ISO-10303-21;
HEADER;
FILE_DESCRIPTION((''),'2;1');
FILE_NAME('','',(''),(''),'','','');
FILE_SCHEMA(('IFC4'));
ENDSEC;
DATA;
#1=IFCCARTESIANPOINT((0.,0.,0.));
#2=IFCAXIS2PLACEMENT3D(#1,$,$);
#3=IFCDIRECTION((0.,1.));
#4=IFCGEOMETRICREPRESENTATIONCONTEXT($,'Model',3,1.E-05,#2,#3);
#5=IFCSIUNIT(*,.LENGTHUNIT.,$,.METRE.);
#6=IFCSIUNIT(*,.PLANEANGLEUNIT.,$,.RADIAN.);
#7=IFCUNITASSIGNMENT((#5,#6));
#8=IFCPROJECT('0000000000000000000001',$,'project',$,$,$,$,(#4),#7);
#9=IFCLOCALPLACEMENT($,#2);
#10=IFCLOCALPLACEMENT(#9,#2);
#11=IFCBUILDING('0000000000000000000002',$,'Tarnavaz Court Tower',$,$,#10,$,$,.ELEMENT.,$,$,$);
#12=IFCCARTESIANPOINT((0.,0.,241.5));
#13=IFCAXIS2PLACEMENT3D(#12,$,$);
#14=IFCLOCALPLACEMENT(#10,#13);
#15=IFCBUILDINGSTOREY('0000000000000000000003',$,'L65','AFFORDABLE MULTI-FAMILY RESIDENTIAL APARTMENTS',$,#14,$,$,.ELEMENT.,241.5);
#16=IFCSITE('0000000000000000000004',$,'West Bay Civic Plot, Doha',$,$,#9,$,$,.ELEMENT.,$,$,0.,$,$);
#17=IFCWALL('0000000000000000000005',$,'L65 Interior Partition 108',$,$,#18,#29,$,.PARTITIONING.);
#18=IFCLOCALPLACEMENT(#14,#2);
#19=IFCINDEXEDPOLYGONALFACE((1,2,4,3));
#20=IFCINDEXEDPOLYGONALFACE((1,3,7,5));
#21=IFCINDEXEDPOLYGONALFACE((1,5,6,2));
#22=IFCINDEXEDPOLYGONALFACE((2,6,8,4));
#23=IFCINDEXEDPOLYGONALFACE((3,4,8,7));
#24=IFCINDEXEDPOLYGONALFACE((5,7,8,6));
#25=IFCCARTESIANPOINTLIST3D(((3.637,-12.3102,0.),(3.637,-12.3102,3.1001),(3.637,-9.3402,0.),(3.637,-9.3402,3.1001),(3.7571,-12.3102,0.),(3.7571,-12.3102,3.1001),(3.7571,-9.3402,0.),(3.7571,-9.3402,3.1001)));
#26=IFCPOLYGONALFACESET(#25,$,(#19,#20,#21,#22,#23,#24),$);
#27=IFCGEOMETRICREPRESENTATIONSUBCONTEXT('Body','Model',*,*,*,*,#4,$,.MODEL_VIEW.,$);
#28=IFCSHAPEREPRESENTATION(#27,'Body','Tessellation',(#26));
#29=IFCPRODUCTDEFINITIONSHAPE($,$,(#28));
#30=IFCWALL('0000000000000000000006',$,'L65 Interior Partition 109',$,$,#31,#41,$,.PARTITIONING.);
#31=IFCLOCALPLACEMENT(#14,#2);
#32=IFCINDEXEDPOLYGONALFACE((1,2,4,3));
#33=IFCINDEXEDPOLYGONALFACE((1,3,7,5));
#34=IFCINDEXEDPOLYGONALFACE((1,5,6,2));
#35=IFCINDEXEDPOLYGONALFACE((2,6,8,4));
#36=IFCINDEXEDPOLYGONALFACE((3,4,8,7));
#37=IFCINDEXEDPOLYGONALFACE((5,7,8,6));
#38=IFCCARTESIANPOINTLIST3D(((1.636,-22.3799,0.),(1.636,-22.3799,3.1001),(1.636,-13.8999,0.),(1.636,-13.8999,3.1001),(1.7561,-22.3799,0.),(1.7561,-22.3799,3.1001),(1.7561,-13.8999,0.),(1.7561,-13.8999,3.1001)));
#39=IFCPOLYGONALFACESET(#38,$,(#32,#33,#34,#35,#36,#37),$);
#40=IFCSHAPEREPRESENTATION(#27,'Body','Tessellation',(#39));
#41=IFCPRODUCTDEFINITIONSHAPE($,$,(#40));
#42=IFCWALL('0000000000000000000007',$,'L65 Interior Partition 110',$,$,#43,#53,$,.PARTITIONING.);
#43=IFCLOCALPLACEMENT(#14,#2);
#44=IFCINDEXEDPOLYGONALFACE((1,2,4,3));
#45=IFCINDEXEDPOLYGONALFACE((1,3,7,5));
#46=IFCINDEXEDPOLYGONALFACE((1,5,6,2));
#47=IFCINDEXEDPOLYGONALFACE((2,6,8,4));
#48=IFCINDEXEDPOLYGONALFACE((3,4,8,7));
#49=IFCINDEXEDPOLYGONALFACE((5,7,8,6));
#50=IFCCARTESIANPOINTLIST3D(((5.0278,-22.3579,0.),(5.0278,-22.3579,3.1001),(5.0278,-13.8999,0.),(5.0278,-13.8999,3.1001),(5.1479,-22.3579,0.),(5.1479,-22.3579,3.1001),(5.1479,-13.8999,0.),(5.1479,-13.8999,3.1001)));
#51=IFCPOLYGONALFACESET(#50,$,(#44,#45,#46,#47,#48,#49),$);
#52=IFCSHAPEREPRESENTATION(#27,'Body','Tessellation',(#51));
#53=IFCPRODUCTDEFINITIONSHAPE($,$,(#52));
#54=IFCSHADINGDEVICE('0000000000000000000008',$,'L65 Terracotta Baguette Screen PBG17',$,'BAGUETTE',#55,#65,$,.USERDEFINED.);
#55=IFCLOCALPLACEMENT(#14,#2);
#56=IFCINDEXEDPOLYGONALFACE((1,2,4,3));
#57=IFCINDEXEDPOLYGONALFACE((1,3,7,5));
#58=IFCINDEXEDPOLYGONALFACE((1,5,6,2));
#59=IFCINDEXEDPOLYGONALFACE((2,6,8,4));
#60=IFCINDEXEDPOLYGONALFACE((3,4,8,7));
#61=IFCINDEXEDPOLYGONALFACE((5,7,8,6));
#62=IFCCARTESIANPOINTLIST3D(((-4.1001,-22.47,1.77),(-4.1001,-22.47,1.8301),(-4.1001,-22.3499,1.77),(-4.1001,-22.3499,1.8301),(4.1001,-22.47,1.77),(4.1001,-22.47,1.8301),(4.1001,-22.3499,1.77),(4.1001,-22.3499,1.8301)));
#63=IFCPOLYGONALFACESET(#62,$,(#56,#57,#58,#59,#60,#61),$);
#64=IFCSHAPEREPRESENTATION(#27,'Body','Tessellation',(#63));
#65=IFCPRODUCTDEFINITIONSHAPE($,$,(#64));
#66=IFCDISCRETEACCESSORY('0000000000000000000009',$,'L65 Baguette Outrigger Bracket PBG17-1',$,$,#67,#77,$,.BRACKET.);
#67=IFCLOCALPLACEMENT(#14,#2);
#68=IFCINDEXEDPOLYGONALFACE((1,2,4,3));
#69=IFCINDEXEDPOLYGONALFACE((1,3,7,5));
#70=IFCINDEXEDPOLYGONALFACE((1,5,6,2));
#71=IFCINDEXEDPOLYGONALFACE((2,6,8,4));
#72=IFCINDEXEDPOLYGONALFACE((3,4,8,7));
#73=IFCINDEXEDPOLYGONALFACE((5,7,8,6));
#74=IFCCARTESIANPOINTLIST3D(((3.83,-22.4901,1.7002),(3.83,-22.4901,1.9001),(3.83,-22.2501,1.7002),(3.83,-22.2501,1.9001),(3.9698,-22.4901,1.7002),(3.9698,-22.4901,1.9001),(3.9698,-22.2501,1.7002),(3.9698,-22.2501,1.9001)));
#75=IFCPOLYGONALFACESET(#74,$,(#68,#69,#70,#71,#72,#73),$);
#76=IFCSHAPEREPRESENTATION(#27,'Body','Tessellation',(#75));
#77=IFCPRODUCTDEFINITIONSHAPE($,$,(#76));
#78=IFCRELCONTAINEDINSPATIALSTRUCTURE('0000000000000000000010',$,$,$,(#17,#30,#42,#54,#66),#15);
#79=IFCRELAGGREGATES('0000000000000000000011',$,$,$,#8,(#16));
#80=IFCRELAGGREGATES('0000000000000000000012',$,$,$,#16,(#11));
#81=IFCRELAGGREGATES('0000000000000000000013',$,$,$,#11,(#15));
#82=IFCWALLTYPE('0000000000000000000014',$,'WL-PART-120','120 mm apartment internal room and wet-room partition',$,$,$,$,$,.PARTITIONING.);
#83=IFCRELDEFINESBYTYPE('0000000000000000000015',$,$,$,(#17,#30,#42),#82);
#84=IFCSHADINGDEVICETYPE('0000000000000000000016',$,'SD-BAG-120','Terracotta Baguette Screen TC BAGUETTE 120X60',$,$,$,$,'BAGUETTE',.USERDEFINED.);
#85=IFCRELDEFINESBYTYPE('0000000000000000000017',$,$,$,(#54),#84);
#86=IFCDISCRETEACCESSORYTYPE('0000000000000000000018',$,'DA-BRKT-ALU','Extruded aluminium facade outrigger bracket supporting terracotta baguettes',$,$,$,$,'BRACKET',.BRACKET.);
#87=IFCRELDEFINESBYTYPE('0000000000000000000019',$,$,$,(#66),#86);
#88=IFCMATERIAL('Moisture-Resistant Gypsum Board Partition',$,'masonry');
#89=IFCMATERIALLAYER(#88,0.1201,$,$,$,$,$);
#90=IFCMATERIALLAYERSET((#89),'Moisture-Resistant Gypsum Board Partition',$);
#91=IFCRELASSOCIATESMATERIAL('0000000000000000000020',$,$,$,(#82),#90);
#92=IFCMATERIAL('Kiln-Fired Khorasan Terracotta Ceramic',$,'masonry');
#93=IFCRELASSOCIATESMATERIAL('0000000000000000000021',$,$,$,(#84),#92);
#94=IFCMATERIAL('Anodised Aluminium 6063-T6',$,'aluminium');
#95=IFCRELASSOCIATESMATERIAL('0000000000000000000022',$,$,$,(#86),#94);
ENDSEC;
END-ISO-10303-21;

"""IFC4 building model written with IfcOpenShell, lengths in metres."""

from ifc_helpers import new_model, si_unit, direction, frame, frame_2d, origin, origin_2d, place, context, subcontext, project, spatial, rectangle, extrude, material, layer, layer_set, material_profile, profile_set, type_object, element, save


model = new_model("IFC4")

# Units and contexts
model_context = context("Model", 3, precision=1e-05, world=origin(), true_north=direction((0.0, 1.0)))
body_context = subcontext(model_context, "Body", "Model", "MODEL_VIEW")
ifc_project = project(units=[si_unit("LENGTHUNIT", "METRE"), si_unit("PLANEANGLEUNIT", "RADIAN")], contexts=[model_context])

# Site, building, storey
site_placement = place(None, origin())
site = spatial("IfcSite", under=ifc_project, at=site_placement, Name="West Bay Civic Plot, Doha", CompositionType="ELEMENT", RefElevation=0.0)
building_placement = place(site_placement, origin())
building = spatial("IfcBuilding", under=site, at=building_placement, Name="Tarnavaz Court Tower", CompositionType="ELEMENT")
storey_placement = place(building_placement, frame((0.0, 0.0, 241.5)))
storey = spatial("IfcBuildingStorey", under=building, at=storey_placement, Name="L65", Description="AFFORDABLE MULTI-FAMILY RESIDENTIAL APARTMENTS", CompositionType="ELEMENT", Elevation=241.5)

# Shared definitions
ifc_material_1 = material(Name="Anodised Aluminium 6063-T6", Category="aluminium")

# Shared definitions
ifc_material_2 = material(Name="Moisture-Resistant Gypsum Board Partition", Category="masonry")
ifc_layer_1 = layer(ifc_material_2, 0.1201)
ifc_layer_set_1 = layer_set([ifc_layer_1], Name="Moisture-Resistant Gypsum Board Partition")
wall_type_1 = type_object("IfcWallType", Name="WL-PART-120", Description="120 mm apartment internal room and wet-room partition", PredefinedType="PARTITIONING", material=ifc_layer_set_1)

# Walls
wall_1_placement = place(storey_placement, frame((3.697, -12.3101, 0.0), z_axis=(0.0, 0.0, 1.0), x_axis=(0.0, 1.0, 0.0)))
element("IfcWall", 1, at=wall_1_placement, inside=storey, type_object=wall_type_1, Name="L65 Interior Partition 108", PredefinedType="PARTITIONING", context=body_context, shape_type="SweptSolid", body=[
    extrude(rectangle(XDim=2.97, YDim=0.1201, at=frame_2d((1.4849, 0.0))), origin(), (0.0, 0.0, 1.0), 3.1001),
])
wall_2_placement = place(storey_placement, frame((1.696, -22.3799, 0.0), z_axis=(0.0, 0.0, 1.0), x_axis=(0.0, 1.0, 0.0)))
element("IfcWall", 2, at=wall_2_placement, inside=storey, type_object=wall_type_1, Name="L65 Interior Partition 109", PredefinedType="PARTITIONING", context=body_context, shape_type="SweptSolid", body=[
    extrude(rectangle(XDim=8.48, YDim=0.1201, at=frame_2d((4.24, 0.0))), origin(), (0.0, 0.0, 1.0), 3.1001),
])
wall_3_placement = place(storey_placement, frame((5.0879, -22.3579, 0.0), z_axis=(0.0, 0.0, 1.0), x_axis=(0.0, 1.0, 0.0)))
element("IfcWall", 3, at=wall_3_placement, inside=storey, type_object=wall_type_1, Name="L65 Interior Partition 110", PredefinedType="PARTITIONING", context=body_context, shape_type="SweptSolid", body=[
    extrude(rectangle(XDim=8.458, YDim=0.1201, at=frame_2d((4.229, 0.0))), origin(), (0.0, 0.0, 1.0), 3.1001),
])

# Shading device
ifc_material_3 = material(Name="Kiln-Fired Khorasan Terracotta Ceramic", Category="masonry")
ifc_material_profile_1 = material_profile(ifc_material_3, rectangle(XDim=0.1201, YDim=0.0601, at=origin_2d()), Name="TC BAGUETTE 120X60")
ifc_profile_set_1 = profile_set([ifc_material_profile_1], Name="Kiln-Fired Khorasan Terracotta Ceramic")
shading_device_type = type_object("IfcShadingDeviceType", Name="SD-BAG-120", Description="Terracotta Baguette Screen TC BAGUETTE 120X60", ElementType="BAGUETTE", PredefinedType="USERDEFINED", material=ifc_profile_set_1)
shading_device_placement = place(storey_placement, frame((4.1001, -22.4099, 1.8), z_axis=(-1.0, 0.0, 0.0), x_axis=(0.0, -1.0, 0.0)))
element("IfcShadingDevice", 4, at=shading_device_placement, inside=storey, type_object=shading_device_type, Name="L65 Terracotta Baguette Screen PBG17", ObjectType="BAGUETTE", PredefinedType="USERDEFINED", context=body_context, shape_type="SweptSolid", body=[
    extrude(rectangle(XDim=0.1201, YDim=0.0601, at=origin_2d()), origin(), (0.0, 0.0, 1.0), 8.2002),
])

# Discrete accessory
discrete_accessory_type = type_object("IfcDiscreteAccessoryType", Name="DA-BRKT-ALU", Description="Extruded aluminium facade outrigger bracket supporting terracotta baguettes", ElementType="BRACKET", PredefinedType="BRACKET", material=ifc_material_1)
discrete_accessory_placement = place(storey_placement, frame((3.8999, -22.3701, 1.7002), z_axis=(0.0, 0.0, 1.0), x_axis=(-1.0, 0.0, 0.0)))
element("IfcDiscreteAccessory", 5, at=discrete_accessory_placement, inside=storey, type_object=discrete_accessory_type, Name="L65 Baguette Outrigger Bracket PBG17-1", PredefinedType="BRACKET", context=body_context, shape_type="SweptSolid", body=[
    extrude(rectangle(XDim=0.1399, YDim=0.24, at=origin_2d()), origin(), (0.0, 0.0, 1.0), 0.2),
])

save(model, "model.ifc")
